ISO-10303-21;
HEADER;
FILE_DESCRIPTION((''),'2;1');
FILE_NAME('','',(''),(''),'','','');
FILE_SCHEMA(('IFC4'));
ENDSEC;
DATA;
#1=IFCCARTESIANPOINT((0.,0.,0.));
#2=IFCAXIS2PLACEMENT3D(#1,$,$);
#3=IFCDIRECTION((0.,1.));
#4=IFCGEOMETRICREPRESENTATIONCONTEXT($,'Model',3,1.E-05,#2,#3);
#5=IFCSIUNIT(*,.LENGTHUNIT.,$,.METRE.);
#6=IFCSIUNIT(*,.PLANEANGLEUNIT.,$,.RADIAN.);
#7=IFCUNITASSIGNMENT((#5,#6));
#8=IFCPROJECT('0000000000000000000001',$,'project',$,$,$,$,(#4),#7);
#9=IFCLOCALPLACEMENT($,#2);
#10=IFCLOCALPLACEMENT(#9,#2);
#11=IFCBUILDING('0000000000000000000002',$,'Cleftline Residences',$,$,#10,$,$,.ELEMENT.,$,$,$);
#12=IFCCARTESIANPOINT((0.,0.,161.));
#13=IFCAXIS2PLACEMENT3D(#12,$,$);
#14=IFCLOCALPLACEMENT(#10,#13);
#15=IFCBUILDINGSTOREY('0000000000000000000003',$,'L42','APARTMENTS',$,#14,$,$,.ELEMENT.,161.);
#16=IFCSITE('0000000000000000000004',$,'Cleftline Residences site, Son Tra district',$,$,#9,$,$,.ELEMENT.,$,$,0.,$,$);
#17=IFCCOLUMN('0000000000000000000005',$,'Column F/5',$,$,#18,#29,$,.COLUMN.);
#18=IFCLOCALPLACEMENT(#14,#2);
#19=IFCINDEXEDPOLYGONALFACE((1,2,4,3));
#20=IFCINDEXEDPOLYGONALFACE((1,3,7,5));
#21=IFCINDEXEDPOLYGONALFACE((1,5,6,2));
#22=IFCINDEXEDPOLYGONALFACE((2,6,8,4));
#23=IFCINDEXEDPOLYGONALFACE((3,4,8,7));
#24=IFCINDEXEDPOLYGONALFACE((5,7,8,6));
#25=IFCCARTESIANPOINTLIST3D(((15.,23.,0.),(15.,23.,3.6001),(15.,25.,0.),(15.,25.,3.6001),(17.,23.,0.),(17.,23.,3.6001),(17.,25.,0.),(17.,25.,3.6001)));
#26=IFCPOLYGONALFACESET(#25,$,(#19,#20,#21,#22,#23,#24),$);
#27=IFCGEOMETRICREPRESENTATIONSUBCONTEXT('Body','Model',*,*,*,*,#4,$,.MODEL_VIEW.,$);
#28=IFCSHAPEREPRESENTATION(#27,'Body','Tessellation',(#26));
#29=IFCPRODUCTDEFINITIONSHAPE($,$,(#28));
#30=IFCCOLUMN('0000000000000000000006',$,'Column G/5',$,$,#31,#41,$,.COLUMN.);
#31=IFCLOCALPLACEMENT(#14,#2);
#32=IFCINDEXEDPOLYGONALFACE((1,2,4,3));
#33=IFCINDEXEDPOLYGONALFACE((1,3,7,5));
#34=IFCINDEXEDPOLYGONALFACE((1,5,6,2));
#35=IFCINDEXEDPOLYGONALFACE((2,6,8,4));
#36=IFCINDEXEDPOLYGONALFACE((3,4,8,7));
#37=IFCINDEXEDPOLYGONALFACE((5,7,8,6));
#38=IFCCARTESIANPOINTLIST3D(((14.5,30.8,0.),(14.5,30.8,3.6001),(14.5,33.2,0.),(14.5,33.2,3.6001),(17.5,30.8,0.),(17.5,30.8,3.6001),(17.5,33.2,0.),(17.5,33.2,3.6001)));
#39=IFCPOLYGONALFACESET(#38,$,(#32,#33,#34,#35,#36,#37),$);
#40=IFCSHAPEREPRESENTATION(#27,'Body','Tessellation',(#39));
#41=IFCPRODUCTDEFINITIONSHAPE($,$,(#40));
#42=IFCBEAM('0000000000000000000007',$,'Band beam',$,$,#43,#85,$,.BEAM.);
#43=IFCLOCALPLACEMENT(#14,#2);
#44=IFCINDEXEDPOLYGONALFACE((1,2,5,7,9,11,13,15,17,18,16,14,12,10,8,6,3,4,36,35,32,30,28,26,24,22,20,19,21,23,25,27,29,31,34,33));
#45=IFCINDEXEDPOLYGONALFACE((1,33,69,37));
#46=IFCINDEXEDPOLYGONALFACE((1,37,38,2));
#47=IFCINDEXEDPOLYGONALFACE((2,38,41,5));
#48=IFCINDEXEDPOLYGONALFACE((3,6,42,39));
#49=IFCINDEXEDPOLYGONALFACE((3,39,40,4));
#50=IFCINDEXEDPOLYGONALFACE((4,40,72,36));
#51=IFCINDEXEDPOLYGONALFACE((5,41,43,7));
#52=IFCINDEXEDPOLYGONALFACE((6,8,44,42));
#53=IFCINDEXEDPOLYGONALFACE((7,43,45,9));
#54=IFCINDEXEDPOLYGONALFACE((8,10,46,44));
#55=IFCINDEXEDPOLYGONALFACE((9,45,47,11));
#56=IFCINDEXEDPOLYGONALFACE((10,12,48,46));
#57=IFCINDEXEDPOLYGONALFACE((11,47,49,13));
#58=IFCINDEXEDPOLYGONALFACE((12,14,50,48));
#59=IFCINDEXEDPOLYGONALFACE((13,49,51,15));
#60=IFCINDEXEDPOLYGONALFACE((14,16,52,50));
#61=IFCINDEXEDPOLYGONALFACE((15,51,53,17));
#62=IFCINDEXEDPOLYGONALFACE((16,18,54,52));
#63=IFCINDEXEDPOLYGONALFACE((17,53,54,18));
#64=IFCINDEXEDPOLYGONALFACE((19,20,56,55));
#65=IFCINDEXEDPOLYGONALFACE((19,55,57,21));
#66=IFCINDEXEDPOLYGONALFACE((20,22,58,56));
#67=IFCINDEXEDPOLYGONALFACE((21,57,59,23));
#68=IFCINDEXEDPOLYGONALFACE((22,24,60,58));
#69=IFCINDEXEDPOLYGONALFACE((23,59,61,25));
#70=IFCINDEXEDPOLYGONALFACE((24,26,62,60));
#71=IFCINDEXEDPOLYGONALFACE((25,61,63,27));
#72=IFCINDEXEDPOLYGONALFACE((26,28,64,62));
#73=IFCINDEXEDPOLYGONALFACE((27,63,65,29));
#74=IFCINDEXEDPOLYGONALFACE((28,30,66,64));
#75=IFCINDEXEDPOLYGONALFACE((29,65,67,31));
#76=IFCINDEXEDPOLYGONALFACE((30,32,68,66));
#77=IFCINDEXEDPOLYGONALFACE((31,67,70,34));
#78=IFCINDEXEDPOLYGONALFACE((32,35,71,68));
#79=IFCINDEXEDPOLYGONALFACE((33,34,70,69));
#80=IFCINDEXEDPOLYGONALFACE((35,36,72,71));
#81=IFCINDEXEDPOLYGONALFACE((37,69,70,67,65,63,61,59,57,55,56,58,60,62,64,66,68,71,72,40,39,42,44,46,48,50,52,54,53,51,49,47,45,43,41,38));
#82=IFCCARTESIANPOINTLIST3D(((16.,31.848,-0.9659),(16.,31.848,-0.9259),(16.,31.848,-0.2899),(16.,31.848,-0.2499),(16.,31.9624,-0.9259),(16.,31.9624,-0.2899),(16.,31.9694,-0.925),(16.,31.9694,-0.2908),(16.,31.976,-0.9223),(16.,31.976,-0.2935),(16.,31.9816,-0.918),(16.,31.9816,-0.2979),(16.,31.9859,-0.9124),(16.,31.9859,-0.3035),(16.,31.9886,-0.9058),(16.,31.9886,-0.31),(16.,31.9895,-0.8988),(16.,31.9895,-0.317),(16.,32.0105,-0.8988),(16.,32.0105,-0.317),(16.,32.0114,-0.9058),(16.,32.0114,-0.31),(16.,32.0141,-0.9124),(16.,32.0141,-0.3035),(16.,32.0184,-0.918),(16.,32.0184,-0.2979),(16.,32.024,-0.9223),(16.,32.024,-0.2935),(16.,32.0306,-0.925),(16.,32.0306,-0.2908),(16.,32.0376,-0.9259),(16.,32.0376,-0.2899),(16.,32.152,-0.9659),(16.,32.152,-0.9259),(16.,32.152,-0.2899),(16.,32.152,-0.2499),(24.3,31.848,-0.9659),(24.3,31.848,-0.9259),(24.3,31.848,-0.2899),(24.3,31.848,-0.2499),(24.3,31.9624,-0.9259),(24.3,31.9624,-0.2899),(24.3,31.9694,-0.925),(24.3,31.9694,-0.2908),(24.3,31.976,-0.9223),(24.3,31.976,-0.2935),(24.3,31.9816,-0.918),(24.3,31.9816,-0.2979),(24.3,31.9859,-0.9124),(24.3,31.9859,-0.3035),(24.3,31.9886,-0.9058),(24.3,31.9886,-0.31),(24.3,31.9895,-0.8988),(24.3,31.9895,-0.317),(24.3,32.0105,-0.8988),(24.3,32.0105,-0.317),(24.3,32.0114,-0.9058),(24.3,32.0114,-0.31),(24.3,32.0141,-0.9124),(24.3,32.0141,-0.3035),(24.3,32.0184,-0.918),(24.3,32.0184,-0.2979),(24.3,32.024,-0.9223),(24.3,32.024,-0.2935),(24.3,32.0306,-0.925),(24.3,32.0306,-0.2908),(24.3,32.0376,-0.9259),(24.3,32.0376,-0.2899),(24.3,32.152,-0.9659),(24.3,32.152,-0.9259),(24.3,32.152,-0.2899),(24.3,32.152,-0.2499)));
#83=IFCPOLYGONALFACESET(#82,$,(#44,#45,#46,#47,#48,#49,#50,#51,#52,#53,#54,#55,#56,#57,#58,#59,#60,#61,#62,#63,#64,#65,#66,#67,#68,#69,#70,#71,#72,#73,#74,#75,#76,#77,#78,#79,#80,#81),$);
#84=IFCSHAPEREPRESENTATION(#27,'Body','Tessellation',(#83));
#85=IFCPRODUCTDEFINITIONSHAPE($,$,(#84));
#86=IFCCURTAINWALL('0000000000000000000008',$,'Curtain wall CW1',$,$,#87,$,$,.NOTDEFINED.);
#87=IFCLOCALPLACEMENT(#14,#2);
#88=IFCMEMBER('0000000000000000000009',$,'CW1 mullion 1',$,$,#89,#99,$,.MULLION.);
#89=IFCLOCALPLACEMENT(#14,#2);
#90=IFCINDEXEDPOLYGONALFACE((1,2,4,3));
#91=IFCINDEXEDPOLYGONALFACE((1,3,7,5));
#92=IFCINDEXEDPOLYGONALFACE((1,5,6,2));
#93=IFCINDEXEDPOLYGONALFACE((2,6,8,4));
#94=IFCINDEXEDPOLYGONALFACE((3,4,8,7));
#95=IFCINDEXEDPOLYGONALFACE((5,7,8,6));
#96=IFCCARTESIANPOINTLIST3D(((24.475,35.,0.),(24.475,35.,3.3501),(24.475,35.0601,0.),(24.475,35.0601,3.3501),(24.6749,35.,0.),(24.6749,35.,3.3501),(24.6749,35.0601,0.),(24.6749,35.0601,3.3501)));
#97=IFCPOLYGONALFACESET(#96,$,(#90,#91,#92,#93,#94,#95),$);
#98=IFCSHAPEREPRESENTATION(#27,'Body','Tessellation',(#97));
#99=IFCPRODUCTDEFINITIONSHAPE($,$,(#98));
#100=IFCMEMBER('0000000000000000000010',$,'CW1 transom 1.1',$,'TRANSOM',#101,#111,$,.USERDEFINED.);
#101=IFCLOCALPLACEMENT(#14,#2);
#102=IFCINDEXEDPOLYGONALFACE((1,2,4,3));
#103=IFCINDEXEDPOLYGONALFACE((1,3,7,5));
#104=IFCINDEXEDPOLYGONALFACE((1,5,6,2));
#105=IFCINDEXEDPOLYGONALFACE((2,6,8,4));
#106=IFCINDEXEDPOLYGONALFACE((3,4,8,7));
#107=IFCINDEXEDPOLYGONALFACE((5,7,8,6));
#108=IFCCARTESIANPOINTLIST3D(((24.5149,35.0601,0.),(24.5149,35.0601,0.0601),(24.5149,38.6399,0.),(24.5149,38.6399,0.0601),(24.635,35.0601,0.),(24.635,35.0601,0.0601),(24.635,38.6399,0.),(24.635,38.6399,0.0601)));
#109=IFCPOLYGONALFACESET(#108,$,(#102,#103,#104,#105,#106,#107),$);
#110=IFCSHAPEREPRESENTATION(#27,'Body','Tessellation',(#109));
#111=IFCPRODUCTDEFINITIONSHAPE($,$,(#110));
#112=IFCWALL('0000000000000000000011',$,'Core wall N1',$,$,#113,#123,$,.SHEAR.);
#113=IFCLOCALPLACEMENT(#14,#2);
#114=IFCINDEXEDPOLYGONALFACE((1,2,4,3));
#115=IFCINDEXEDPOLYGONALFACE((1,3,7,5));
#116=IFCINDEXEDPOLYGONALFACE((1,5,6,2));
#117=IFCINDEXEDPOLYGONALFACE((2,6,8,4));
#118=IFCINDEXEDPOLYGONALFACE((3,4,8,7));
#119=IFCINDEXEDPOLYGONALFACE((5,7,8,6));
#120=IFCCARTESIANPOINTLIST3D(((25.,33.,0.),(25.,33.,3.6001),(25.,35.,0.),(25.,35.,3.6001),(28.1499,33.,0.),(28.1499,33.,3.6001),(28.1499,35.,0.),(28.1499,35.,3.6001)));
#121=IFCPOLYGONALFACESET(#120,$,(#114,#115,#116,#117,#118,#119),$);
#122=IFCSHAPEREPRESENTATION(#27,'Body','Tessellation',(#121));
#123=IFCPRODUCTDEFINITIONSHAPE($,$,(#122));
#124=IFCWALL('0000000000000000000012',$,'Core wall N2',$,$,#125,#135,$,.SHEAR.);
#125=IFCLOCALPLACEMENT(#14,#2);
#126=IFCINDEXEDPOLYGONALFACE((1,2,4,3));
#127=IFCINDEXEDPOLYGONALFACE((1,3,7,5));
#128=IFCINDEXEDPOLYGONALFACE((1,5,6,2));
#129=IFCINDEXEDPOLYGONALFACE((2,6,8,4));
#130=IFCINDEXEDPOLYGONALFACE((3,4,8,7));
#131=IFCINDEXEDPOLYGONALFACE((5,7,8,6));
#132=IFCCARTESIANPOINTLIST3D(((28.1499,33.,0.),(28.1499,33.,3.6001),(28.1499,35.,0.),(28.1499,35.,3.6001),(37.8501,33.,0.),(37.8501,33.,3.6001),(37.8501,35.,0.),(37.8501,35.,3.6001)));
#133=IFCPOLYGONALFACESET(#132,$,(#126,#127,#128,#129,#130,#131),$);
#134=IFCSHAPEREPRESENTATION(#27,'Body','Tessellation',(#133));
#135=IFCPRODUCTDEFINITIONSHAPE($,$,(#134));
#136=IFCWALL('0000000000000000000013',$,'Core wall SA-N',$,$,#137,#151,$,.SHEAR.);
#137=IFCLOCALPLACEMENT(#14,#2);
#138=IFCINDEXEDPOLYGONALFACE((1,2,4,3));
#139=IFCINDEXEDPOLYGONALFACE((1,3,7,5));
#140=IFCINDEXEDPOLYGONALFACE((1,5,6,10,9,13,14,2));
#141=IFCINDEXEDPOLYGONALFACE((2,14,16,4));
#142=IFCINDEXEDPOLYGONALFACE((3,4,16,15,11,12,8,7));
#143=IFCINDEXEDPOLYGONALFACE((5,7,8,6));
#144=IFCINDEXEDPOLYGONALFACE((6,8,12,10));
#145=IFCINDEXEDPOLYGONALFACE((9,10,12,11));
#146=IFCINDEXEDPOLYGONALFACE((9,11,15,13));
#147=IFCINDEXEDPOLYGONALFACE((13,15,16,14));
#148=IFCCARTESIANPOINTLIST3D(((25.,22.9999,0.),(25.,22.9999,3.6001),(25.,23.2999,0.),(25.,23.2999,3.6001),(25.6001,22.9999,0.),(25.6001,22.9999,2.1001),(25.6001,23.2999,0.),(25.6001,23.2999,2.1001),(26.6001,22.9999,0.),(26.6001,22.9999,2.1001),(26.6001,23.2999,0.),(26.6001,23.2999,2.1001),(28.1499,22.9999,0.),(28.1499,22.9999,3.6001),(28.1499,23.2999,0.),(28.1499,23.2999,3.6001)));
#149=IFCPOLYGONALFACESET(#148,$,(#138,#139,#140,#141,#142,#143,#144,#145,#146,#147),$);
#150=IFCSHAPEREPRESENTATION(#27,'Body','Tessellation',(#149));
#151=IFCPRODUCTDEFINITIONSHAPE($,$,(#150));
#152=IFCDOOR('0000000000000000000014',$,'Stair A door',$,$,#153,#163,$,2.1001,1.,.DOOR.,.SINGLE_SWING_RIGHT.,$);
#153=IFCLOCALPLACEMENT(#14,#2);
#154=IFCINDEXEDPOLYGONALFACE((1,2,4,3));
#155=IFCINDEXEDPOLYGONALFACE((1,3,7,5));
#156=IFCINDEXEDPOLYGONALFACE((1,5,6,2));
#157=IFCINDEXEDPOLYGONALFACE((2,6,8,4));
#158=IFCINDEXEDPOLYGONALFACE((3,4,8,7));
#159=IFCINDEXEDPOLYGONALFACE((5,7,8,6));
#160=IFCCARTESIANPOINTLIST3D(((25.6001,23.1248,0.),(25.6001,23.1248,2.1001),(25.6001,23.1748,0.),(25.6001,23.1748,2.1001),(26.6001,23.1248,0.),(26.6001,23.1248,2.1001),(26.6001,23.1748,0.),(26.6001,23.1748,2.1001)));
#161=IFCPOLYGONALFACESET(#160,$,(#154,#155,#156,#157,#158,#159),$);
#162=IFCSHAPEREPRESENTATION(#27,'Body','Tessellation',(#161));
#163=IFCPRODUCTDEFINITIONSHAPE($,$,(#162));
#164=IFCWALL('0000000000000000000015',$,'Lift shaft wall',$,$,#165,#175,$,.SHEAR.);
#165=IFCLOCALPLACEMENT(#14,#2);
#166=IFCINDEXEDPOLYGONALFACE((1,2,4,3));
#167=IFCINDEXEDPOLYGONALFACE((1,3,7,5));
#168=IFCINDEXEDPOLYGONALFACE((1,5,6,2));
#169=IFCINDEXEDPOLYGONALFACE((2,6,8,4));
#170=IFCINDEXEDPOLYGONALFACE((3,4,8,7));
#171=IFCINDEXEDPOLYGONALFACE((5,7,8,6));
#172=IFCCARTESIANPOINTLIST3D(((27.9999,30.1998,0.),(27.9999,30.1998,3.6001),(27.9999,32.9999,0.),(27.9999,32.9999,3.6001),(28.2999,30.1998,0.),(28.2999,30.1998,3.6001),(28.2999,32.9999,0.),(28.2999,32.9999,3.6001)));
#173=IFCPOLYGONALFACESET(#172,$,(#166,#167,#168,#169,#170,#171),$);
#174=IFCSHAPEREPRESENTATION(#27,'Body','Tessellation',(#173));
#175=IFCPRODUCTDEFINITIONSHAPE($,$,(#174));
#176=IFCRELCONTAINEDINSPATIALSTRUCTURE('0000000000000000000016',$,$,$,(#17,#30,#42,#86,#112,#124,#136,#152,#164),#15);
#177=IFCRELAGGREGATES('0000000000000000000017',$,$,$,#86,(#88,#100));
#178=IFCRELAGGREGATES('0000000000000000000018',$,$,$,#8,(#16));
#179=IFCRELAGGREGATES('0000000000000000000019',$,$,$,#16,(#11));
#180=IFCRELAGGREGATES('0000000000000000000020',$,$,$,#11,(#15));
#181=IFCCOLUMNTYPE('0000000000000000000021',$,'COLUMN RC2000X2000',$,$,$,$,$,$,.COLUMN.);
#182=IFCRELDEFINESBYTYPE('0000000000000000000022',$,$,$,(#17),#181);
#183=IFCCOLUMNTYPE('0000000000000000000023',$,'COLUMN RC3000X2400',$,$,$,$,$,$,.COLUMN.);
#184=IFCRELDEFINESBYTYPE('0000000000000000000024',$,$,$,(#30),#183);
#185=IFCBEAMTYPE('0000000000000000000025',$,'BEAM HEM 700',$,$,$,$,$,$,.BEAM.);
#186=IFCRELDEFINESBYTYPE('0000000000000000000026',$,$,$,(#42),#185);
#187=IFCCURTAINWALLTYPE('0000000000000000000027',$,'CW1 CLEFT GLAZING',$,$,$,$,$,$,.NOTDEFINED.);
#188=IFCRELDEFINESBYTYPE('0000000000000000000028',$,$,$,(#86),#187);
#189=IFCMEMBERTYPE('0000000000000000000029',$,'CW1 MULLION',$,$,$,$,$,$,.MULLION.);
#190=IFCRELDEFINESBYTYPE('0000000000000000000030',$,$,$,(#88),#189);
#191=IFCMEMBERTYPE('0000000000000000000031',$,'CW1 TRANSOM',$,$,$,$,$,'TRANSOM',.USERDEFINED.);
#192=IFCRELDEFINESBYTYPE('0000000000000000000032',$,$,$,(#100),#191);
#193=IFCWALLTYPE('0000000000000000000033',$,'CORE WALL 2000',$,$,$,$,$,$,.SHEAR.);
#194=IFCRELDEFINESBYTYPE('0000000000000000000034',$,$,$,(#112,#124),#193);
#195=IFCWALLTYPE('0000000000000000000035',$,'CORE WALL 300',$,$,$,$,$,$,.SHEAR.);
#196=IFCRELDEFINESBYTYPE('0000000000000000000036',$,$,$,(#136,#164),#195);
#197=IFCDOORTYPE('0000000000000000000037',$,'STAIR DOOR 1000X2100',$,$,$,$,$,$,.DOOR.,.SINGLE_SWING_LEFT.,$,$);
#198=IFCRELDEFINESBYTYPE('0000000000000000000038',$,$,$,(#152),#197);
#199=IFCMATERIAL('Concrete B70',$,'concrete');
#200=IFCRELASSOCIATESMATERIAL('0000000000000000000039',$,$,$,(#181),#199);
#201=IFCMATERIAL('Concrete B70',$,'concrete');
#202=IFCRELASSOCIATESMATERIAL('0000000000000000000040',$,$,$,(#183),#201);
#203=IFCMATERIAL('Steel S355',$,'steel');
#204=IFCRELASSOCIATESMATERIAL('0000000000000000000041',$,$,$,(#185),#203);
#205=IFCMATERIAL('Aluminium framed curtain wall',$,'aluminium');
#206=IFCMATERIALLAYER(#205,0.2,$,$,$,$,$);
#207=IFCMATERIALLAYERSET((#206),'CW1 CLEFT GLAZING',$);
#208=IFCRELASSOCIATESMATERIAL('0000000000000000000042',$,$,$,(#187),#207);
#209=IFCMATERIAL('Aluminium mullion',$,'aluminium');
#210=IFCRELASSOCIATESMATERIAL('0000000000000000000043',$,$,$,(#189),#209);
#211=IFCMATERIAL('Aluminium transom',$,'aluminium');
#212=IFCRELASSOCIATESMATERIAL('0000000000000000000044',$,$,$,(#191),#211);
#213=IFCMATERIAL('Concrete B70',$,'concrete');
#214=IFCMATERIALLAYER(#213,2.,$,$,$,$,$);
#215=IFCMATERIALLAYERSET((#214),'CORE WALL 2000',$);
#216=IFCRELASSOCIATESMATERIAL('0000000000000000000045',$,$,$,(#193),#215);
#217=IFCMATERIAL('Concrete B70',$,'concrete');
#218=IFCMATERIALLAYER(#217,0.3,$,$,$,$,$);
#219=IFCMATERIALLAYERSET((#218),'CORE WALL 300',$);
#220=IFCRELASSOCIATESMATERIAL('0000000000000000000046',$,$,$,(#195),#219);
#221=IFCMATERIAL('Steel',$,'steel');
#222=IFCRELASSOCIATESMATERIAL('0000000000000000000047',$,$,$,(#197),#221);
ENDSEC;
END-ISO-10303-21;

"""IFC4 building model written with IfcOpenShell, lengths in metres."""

from ifc_helpers import new_model, si_unit, direction, frame, frame_2d, origin, origin_2d, place, context, subcontext, project, spatial, rectangle, i_section, extrude, material, layer, layer_set, material_profile, profile_set, type_object, element, fill, aggregate, save


model = new_model("IFC4")

# Units and contexts
model_context = context("Model", 3, precision=1e-05, world=origin(), true_north=direction((0.0, 1.0)))
body_context = subcontext(model_context, "Body", "Model", "MODEL_VIEW")
ifc_project = project(units=[si_unit("LENGTHUNIT", "METRE"), si_unit("PLANEANGLEUNIT", "RADIAN")], contexts=[model_context])

# Site, building, storey
site_placement = place(None, origin())
site = spatial("IfcSite", under=ifc_project, at=site_placement, Name="Cleftline Residences site, Son Tra district", CompositionType="ELEMENT", RefElevation=0.0)
building_placement = place(site_placement, origin())
building = spatial("IfcBuilding", under=site, at=building_placement, Name="Cleftline Residences", CompositionType="ELEMENT")
storey_placement = place(building_placement, frame((0.0, 0.0, 161.0)))
storey = spatial("IfcBuildingStorey", under=building, at=storey_placement, Name="L42", Description="APARTMENTS", CompositionType="ELEMENT", Elevation=161.0)

# Columns
ifc_material_1 = material(Name="Concrete B70", Category="concrete")
ifc_material_profile_1 = material_profile(ifc_material_1, rectangle(XDim=2.0, YDim=2.0, at=origin_2d()))
ifc_profile_set_1 = profile_set([ifc_material_profile_1], Name="Concrete B70")
column_type_1 = type_object("IfcColumnType", Name="COLUMN RC2000X2000", PredefinedType="COLUMN", material=ifc_profile_set_1)
column_1_placement = place(storey_placement, frame((16.0, 24.0, 0.0), z_axis=(0.0, 0.0, 1.0), x_axis=(1.0, 0.0, 0.0)))
element("IfcColumn", 1, at=column_1_placement, inside=storey, type_object=column_type_1, Name="Column F/5", PredefinedType="COLUMN", context=body_context, shape_type="SweptSolid", body=[
    extrude(rectangle(XDim=2.0, YDim=2.0, at=origin_2d()), origin(), (0.0, 0.0, 1.0), 3.6001),
])
ifc_material_2 = material(Name="Concrete B70", Category="concrete")
ifc_material_profile_2 = material_profile(ifc_material_2, rectangle(XDim=3.0, YDim=2.3999, at=origin_2d()))
ifc_profile_set_2 = profile_set([ifc_material_profile_2], Name="Concrete B70")
column_type_2 = type_object("IfcColumnType", Name="COLUMN RC3000X2400", PredefinedType="COLUMN", material=ifc_profile_set_2)
column_2_placement = place(storey_placement, frame((16.0, 32.0, 0.0), z_axis=(0.0, 0.0, 1.0), x_axis=(1.0, 0.0, 0.0)))
element("IfcColumn", 2, at=column_2_placement, inside=storey, type_object=column_type_2, Name="Column G/5", PredefinedType="COLUMN", context=body_context, shape_type="SweptSolid", body=[
    extrude(rectangle(XDim=3.0, YDim=2.3999, at=origin_2d()), origin(), (0.0, 0.0, 1.0), 3.6001),
])

# Beam
ifc_material_3 = material(Name="Steel S355", Category="steel")
ifc_material_profile_3 = material_profile(ifc_material_3, i_section(OverallWidth=0.304, OverallDepth=0.7161, WebThickness=0.021, FlangeThickness=0.04, FilletRadius=0.0271, at=origin_2d()))
ifc_profile_set_3 = profile_set([ifc_material_profile_3], Name="Steel S355")
beam_type = type_object("IfcBeamType", Name="BEAM HEM 700", PredefinedType="BEAM", material=ifc_profile_set_3)
beam_placement = place(storey_placement, frame((16.0, 32.0, -0.6079), z_axis=(1.0, 0.0, 0.0), x_axis=(0.0, 1.0, 0.0)))
element("IfcBeam", 3, at=beam_placement, inside=storey, type_object=beam_type, Name="Band beam", PredefinedType="BEAM", context=body_context, shape_type="SweptSolid", body=[
    extrude(i_section(OverallWidth=0.304, OverallDepth=0.7161, WebThickness=0.021, FlangeThickness=0.04, FilletRadius=0.0271, at=origin_2d()), origin(), (0.0, 0.0, 1.0), 8.3),
])

# Curtain wall, members
ifc_material_4 = material(Name="Aluminium framed curtain wall", Category="aluminium")
ifc_layer_1 = layer(ifc_material_4, 0.2)
ifc_layer_set_1 = layer_set([ifc_layer_1], Name="CW1 CLEFT GLAZING")
curtain_wall_type = type_object("IfcCurtainWallType", Name="CW1 CLEFT GLAZING", PredefinedType="NOTDEFINED", material=ifc_layer_set_1)
curtain_wall_placement = place(storey_placement, origin())
curtain_wall = element("IfcCurtainWall", 4, at=curtain_wall_placement, inside=storey, type_object=curtain_wall_type, Name="Curtain wall CW1", PredefinedType="NOTDEFINED")
ifc_material_5 = material(Name="Aluminium mullion", Category="aluminium")
ifc_material_profile_4 = material_profile(ifc_material_5, rectangle(XDim=0.2, YDim=0.0601, at=origin_2d()))
ifc_profile_set_4 = profile_set([ifc_material_profile_4], Name="Aluminium mullion")
member_type_1 = type_object("IfcMemberType", Name="CW1 MULLION", PredefinedType="MULLION", material=ifc_profile_set_4)
member_1_placement = place(storey_placement, frame((24.575, 35.03, 0.0), z_axis=(0.0, 0.0, 1.0), x_axis=(-1.0, 0.0, 0.0)))
member_1 = element("IfcMember", 5, at=member_1_placement, type_object=member_type_1, Name="CW1 mullion 1", PredefinedType="MULLION", context=body_context, shape_type="SweptSolid", body=[
    extrude(rectangle(XDim=0.2, YDim=0.0601, at=origin_2d()), origin(), (0.0, 0.0, 1.0), 3.3501),
])
ifc_material_6 = material(Name="Aluminium transom", Category="aluminium")
ifc_material_profile_5 = material_profile(ifc_material_6, rectangle(XDim=0.1201, YDim=0.0601, at=origin_2d()))
ifc_profile_set_5 = profile_set([ifc_material_profile_5], Name="Aluminium transom")
member_type_2 = type_object("IfcMemberType", Name="CW1 TRANSOM", ElementType="TRANSOM", PredefinedType="USERDEFINED", material=ifc_profile_set_5)
member_2_placement = place(storey_placement, frame((24.575, 35.0601, 0.03), z_axis=(0.0, 1.0, 0.0), x_axis=(-1.0, 0.0, 0.0)))
member_2 = element("IfcMember", 6, at=member_2_placement, type_object=member_type_2, Name="CW1 transom 1.1", ObjectType="TRANSOM", PredefinedType="USERDEFINED", context=body_context, shape_type="SweptSolid", body=[
    extrude(rectangle(XDim=0.1201, YDim=0.0601, at=origin_2d()), origin(), (0.0, 0.0, 1.0), 3.5798),
])
aggregate(curtain_wall, [member_1, member_2])

# Walls
ifc_material_7 = material(Name="Concrete B70", Category="concrete")
ifc_layer_2 = layer(ifc_material_7, 2.0)
ifc_layer_set_2 = layer_set([ifc_layer_2], Name="CORE WALL 2000")
wall_type_1 = type_object("IfcWallType", Name="CORE WALL 2000", PredefinedType="SHEAR", material=ifc_layer_set_2)
wall_1_placement = place(storey_placement, frame((25.0, 34.0, 0.0), z_axis=(0.0, 0.0, 1.0), x_axis=(1.0, 0.0, 0.0)))
element("IfcWall", 7, at=wall_1_placement, inside=storey, type_object=wall_type_1, Name="Core wall N1", PredefinedType="SHEAR", context=body_context, shape_type="SweptSolid", body=[
    extrude(rectangle(XDim=3.1499, YDim=2.0, at=frame_2d((1.575, 0.0))), origin(), (0.0, 0.0, 1.0), 3.6001),
])
wall_2_placement = place(storey_placement, frame((28.1499, 34.0, 0.0), z_axis=(0.0, 0.0, 1.0), x_axis=(1.0, 0.0, 0.0)))
element("IfcWall", 8, at=wall_2_placement, inside=storey, type_object=wall_type_1, Name="Core wall N2", PredefinedType="SHEAR", context=body_context, shape_type="SweptSolid", body=[
    extrude(rectangle(XDim=9.7002, YDim=2.0, at=frame_2d((4.8501, 0.0))), origin(), (0.0, 0.0, 1.0), 3.6001),
])

# Wall, opening, door
ifc_material_8 = material(Name="Concrete B70", Category="concrete")
ifc_layer_3 = layer(ifc_material_8, 0.3)
ifc_layer_set_3 = layer_set([ifc_layer_3], Name="CORE WALL 300")
wall_type_2 = type_object("IfcWallType", Name="CORE WALL 300", PredefinedType="SHEAR", material=ifc_layer_set_3)
wall_3_placement = place(storey_placement, frame((25.0, 23.1499, 0.0), z_axis=(0.0, 0.0, 1.0), x_axis=(1.0, 0.0, 0.0)))
wall_3 = element("IfcWall", 9, at=wall_3_placement, inside=storey, type_object=wall_type_2, Name="Core wall SA-N", PredefinedType="SHEAR", context=body_context, shape_type="SweptSolid", body=[
    extrude(rectangle(XDim=3.1499, YDim=0.3, at=frame_2d((1.575, 0.0))), origin(), (0.0, 0.0, 1.0), 3.6001),
])
opening_1_placement = place(wall_3_placement, frame((0.6001, 0.0, 0.0)))
opening_1 = element("IfcOpeningElement", 10, at=opening_1_placement, cuts=wall_3, PredefinedType="OPENING", context=body_context, shape_type="SweptSolid", body=[
    extrude(rectangle(XDim=1.0, YDim=2.1001, at=frame_2d((0.5, 1.05))), frame((0.0, 0.1599, 0.0), z_axis=(0.0, -1.0, 0.0), x_axis=(1.0, 0.0, 0.0)), (0.0, 0.0, 1.0), 0.3201),
])
ifc_material_9 = material(Name="Steel", Category="steel")
door_type_1 = type_object("IfcDoorType", Name="STAIR DOOR 1000X2100", OperationType="SINGLE_SWING_LEFT", PredefinedType="DOOR", material=ifc_material_9)
door_1_placement = place(opening_1_placement, origin())
door_1 = element("IfcDoor", 11, at=door_1_placement, inside=storey, type_object=door_type_1, Name="Stair A door", OperationType="SINGLE_SWING_RIGHT", OverallHeight=2.1001, OverallWidth=1.0, PredefinedType="DOOR", context=body_context, shape_type="SweptSolid", body=[
    extrude(rectangle(XDim=1.0, YDim=2.1001, at=frame_2d((0.5, 1.05))), frame((0.0, 0.0249, 0.0), z_axis=(0.0, -1.0, 0.0), x_axis=(1.0, 0.0, 0.0)), (0.0, 0.0, 1.0), 0.05),
])
fill(opening_1, door_1)

# Wall
wall_4_placement = place(storey_placement, frame((28.1499, 30.2, 0.0), z_axis=(0.0, 0.0, 1.0), x_axis=(0.0, 1.0, 0.0)))
element("IfcWall", 12, at=wall_4_placement, inside=storey, type_object=wall_type_2, Name="Lift shaft wall", PredefinedType="SHEAR", context=body_context, shape_type="SweptSolid", body=[
    extrude(rectangle(XDim=2.8, YDim=0.3, at=frame_2d((1.3999, 0.0))), origin(), (0.0, 0.0, 1.0), 3.6001),
])

save(model, "model.ifc")
